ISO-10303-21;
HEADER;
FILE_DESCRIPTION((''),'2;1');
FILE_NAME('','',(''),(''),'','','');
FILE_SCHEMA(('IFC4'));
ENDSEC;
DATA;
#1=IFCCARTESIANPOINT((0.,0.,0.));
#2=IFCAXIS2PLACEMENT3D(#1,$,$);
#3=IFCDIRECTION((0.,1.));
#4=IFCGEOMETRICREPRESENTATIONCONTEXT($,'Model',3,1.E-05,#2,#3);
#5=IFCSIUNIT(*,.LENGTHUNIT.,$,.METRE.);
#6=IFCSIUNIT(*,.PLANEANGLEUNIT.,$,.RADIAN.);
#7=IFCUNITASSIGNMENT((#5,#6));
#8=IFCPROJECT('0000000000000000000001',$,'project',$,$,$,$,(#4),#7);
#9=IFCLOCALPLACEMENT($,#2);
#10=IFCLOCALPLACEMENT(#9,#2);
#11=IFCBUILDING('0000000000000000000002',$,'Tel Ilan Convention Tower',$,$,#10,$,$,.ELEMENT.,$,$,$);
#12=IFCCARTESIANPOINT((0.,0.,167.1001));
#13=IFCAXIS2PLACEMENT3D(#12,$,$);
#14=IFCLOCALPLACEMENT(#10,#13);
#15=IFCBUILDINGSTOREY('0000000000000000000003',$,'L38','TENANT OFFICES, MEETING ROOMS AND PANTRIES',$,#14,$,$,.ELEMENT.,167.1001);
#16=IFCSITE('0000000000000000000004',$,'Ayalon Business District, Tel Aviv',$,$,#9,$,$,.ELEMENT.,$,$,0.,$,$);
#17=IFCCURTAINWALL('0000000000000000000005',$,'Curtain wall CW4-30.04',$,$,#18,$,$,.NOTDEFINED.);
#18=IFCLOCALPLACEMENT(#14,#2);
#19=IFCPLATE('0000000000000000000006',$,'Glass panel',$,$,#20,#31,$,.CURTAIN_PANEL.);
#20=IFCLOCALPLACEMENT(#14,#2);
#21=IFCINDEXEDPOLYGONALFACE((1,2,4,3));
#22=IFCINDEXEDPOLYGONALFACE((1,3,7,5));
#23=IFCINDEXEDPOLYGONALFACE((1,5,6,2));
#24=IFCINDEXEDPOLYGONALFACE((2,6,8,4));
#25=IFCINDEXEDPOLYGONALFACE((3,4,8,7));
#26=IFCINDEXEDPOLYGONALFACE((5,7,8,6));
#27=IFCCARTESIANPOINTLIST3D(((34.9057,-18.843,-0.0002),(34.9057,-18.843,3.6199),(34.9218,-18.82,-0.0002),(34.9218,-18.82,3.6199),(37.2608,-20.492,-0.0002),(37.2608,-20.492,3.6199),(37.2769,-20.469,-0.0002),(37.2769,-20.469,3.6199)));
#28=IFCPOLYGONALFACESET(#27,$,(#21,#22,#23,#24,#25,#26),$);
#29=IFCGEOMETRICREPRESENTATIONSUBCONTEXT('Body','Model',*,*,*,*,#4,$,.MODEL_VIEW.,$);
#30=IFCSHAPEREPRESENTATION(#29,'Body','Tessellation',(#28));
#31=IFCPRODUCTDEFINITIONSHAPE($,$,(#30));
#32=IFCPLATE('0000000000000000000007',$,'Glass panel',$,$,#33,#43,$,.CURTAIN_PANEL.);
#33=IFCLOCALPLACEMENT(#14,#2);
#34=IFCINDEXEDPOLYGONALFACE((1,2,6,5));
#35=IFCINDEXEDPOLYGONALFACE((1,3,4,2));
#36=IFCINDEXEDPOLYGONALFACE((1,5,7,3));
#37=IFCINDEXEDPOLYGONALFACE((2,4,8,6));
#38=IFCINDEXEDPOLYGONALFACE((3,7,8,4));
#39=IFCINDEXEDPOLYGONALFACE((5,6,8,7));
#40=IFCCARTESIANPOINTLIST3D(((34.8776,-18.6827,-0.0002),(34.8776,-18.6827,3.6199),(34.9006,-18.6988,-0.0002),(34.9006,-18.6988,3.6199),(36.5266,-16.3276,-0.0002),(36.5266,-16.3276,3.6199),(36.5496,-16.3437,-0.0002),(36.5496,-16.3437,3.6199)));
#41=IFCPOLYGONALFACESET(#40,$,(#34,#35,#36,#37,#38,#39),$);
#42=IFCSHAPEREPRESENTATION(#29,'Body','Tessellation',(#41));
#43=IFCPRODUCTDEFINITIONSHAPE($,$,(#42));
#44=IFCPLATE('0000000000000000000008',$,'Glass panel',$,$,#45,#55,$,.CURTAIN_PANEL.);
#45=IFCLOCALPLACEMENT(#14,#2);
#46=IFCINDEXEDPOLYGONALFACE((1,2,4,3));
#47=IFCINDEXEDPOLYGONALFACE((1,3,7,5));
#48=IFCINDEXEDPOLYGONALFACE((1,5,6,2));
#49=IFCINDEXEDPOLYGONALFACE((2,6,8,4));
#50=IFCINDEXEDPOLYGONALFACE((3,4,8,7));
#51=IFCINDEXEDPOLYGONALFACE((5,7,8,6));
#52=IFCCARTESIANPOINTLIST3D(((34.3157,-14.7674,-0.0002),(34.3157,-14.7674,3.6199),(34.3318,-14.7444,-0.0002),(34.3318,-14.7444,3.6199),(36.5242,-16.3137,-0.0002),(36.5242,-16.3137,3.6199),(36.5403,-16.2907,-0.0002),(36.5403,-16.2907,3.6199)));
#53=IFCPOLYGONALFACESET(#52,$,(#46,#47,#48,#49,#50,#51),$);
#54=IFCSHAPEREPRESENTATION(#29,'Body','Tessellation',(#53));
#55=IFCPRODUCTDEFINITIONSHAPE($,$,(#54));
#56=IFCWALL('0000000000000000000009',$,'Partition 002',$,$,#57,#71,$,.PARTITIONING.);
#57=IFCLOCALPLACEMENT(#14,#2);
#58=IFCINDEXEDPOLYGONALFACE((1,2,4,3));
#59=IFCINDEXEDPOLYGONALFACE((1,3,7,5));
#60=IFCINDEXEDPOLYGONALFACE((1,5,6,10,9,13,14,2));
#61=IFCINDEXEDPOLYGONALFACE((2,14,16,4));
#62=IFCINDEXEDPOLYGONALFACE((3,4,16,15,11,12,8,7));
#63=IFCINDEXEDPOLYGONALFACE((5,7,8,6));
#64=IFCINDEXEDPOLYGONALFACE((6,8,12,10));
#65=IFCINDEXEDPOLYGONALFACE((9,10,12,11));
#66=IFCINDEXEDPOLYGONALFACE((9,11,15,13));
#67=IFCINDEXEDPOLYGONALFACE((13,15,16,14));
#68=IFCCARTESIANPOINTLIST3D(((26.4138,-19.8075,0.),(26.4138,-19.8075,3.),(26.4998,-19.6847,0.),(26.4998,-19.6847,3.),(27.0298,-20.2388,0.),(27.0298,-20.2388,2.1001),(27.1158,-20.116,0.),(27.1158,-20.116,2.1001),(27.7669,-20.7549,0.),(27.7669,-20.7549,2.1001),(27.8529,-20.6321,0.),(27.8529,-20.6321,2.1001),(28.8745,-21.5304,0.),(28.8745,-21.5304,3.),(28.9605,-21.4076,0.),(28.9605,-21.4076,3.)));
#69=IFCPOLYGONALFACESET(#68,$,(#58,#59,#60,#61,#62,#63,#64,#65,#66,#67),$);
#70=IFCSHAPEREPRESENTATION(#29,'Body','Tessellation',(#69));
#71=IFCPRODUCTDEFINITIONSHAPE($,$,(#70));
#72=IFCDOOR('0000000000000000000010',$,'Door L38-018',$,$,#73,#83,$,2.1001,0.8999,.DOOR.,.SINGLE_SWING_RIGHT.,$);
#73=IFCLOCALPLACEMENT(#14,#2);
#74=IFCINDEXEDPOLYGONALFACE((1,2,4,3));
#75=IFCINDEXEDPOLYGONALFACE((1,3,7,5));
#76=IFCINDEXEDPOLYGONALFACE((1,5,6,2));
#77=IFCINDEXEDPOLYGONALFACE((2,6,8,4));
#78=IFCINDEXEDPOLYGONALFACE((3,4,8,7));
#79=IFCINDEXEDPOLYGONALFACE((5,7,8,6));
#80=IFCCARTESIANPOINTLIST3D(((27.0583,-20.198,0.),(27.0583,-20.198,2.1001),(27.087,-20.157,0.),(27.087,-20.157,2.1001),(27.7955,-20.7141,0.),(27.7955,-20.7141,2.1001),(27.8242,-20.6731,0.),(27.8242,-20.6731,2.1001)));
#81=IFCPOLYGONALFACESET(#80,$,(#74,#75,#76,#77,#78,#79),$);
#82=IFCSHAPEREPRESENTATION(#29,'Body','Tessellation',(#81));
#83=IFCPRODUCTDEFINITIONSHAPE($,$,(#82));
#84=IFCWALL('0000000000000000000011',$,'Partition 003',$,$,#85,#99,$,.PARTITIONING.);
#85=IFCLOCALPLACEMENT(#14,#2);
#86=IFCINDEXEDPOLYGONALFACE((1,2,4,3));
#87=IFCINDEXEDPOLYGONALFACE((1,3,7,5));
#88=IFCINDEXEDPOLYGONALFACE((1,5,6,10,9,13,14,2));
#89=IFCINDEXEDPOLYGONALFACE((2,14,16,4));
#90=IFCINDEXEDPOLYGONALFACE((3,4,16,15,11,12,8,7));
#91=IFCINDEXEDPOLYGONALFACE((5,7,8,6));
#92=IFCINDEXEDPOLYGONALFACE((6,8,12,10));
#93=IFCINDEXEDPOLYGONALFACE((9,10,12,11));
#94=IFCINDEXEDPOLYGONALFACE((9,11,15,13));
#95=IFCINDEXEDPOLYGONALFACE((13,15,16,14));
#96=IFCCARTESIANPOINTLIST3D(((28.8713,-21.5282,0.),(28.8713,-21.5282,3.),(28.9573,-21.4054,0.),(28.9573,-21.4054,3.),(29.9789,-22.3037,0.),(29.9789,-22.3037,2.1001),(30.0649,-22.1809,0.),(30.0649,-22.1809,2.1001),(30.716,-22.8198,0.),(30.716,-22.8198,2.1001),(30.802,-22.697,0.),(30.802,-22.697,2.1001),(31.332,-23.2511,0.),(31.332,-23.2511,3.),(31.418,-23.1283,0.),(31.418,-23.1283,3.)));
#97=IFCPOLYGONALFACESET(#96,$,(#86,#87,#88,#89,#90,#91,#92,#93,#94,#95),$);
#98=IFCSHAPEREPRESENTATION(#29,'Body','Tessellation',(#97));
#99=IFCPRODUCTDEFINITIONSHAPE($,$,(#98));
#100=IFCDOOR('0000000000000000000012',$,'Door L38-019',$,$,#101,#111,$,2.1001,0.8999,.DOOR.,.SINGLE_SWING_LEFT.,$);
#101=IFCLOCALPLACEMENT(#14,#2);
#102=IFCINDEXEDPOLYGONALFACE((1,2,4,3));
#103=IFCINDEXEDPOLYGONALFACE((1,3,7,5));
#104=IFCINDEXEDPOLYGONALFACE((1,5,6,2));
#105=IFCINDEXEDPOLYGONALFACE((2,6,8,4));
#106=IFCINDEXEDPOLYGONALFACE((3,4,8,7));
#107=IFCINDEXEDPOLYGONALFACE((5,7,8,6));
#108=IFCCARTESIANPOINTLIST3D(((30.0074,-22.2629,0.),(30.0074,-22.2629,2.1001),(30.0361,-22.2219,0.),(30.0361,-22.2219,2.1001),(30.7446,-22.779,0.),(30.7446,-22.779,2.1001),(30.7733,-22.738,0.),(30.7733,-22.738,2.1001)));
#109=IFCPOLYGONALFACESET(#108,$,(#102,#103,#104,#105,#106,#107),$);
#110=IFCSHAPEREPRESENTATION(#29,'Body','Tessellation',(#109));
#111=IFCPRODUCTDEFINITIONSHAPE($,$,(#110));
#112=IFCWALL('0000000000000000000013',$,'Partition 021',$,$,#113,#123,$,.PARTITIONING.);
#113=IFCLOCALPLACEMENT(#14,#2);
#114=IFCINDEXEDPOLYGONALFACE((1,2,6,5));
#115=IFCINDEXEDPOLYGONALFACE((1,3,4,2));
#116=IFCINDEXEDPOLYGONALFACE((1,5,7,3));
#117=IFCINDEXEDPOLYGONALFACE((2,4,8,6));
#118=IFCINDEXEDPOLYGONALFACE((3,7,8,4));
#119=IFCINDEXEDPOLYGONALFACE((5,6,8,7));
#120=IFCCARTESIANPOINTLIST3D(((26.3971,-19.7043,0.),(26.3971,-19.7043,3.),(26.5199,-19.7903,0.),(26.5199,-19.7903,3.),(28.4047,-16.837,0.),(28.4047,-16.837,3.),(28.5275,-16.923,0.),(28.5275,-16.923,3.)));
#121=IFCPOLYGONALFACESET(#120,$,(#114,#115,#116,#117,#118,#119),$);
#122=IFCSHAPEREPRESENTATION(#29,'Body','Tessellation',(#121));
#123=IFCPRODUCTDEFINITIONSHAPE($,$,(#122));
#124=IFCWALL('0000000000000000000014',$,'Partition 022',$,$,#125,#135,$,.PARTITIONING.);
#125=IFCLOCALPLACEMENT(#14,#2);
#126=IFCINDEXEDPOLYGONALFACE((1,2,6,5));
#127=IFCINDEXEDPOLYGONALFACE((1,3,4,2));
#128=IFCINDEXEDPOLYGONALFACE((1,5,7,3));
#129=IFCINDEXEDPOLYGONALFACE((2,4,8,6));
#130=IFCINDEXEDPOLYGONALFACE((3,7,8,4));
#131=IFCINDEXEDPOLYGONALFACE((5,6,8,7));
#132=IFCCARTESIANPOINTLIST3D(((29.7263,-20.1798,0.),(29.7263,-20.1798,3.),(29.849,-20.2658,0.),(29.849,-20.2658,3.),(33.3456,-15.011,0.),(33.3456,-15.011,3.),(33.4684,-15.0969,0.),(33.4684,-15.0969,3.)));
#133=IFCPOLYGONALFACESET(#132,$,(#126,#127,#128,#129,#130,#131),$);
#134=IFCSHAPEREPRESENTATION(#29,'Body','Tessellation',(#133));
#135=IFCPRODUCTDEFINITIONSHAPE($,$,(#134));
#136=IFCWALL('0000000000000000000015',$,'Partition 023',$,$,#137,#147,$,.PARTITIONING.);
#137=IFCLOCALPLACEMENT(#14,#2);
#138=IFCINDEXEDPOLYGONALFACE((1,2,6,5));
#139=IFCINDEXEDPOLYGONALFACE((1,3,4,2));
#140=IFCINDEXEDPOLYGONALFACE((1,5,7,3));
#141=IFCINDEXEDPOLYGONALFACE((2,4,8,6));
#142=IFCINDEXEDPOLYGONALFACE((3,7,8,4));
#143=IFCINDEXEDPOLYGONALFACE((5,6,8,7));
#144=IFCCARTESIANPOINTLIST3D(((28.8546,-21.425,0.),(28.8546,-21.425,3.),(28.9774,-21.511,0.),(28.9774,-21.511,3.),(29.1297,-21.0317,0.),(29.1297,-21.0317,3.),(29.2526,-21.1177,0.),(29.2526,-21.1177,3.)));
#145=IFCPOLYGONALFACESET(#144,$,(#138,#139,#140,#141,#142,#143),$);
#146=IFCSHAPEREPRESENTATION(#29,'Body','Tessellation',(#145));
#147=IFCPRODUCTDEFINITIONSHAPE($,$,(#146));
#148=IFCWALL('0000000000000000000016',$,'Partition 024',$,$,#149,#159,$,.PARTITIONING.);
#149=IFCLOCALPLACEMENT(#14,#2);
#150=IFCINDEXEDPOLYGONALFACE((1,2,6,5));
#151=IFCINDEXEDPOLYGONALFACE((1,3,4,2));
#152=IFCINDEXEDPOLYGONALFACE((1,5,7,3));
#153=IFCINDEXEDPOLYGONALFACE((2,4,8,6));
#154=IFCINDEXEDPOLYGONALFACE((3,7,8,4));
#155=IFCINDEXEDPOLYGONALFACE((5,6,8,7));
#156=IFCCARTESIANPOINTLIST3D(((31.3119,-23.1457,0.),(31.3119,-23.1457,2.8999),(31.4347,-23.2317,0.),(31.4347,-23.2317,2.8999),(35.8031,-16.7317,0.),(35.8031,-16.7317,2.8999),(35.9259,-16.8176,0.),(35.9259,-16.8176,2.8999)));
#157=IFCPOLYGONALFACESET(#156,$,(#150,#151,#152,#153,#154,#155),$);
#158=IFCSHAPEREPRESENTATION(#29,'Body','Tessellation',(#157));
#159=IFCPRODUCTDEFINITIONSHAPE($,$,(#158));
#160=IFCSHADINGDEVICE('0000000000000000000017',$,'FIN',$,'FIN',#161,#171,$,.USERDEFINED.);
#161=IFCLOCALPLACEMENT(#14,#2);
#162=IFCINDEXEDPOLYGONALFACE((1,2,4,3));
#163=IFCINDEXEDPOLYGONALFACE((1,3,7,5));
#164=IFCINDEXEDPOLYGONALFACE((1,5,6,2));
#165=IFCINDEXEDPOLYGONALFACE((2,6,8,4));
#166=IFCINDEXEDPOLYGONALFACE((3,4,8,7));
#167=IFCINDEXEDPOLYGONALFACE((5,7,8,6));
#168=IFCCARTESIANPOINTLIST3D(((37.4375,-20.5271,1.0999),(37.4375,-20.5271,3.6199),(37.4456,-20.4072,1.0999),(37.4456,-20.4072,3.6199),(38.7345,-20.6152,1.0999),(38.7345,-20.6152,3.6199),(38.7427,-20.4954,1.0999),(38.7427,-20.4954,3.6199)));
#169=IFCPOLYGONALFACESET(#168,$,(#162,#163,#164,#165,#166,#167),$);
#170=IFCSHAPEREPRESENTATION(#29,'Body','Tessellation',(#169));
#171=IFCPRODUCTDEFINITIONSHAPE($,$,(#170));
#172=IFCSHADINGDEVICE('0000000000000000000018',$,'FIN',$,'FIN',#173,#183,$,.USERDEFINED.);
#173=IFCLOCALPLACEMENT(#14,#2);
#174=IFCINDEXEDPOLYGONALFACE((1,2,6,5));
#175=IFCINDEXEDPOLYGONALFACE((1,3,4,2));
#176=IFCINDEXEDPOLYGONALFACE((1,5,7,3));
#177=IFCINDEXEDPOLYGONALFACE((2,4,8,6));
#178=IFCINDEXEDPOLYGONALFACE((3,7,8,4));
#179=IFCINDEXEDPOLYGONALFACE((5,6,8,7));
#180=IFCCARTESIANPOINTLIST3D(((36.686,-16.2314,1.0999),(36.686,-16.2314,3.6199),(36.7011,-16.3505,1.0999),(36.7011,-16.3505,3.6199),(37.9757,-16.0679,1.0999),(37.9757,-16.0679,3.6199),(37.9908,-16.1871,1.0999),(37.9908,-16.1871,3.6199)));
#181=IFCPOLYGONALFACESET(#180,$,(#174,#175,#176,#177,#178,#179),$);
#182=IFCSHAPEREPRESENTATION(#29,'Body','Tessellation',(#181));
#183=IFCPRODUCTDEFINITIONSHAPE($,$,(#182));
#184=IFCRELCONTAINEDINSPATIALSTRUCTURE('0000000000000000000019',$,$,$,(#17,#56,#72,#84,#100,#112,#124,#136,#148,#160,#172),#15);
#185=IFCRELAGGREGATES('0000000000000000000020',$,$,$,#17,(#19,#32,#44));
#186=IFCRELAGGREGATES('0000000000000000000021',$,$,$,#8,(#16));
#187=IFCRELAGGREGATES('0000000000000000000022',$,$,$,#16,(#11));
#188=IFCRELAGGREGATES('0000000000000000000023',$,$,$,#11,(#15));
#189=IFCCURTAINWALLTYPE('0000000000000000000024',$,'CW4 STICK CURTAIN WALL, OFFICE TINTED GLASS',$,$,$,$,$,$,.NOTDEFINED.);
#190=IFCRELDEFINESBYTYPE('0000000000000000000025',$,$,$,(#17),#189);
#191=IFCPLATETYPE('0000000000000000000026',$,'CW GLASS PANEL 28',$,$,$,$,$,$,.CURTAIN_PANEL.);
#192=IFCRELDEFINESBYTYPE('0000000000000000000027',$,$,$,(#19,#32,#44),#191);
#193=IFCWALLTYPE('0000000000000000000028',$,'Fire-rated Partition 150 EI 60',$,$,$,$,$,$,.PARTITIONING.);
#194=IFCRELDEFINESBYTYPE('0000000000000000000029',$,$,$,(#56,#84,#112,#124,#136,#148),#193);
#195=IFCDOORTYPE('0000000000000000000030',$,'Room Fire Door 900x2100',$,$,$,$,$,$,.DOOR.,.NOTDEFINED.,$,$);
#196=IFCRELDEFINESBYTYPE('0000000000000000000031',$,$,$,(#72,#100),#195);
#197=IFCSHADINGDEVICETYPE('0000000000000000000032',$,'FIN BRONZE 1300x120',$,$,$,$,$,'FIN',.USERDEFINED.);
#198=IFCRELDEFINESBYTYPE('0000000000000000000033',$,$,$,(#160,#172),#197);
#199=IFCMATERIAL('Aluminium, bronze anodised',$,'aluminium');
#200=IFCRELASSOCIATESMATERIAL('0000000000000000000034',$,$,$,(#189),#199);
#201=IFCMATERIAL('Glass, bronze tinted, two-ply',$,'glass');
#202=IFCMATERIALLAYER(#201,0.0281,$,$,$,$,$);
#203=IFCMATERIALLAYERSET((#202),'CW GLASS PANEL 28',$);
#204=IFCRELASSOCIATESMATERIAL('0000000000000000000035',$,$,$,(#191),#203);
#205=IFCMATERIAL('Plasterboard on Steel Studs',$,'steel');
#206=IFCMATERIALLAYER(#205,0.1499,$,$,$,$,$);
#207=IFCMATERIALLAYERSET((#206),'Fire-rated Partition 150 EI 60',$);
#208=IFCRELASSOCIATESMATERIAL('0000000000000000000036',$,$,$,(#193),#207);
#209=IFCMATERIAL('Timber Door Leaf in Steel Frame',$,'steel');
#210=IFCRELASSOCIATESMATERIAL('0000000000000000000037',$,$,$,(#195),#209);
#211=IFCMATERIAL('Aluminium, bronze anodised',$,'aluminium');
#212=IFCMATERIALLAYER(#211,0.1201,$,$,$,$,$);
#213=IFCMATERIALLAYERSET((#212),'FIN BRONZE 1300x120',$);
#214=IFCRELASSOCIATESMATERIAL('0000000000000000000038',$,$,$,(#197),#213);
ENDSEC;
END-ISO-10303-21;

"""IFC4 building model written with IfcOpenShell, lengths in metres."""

from ifc_helpers import new_model, si_unit, direction, frame, frame_2d, origin, origin_2d, place, context, subcontext, project, spatial, rectangle, extrude, material, layer, layer_set, type_object, element, fill, aggregate, save


model = new_model("IFC4")

# Units and contexts
model_context = context("Model", 3, precision=1e-05, world=origin(), true_north=direction((0.0, 1.0)))
body_context = subcontext(model_context, "Body", "Model", "MODEL_VIEW")
ifc_project = project(units=[si_unit("LENGTHUNIT", "METRE"), si_unit("PLANEANGLEUNIT", "RADIAN")], contexts=[model_context])

# Site, building, storey
site_placement = place(None, origin())
site = spatial("IfcSite", under=ifc_project, at=site_placement, Name="Ayalon Business District, Tel Aviv", CompositionType="ELEMENT", RefElevation=0.0)
building_placement = place(site_placement, origin())
building = spatial("IfcBuilding", under=site, at=building_placement, Name="Tel Ilan Convention Tower", CompositionType="ELEMENT")
storey_placement = place(building_placement, frame((0.0, 0.0, 167.1001)))
storey = spatial("IfcBuildingStorey", under=building, at=storey_placement, Name="L38", Description="TENANT OFFICES, MEETING ROOMS AND PANTRIES", CompositionType="ELEMENT", Elevation=167.1001)

# Curtain wall, plates
ifc_material_1 = material(Name="Aluminium, bronze anodised", Category="aluminium")
curtain_wall_type = type_object("IfcCurtainWallType", Name="CW4 STICK CURTAIN WALL, OFFICE TINTED GLASS", PredefinedType="NOTDEFINED", material=ifc_material_1)
curtain_wall_placement = place(storey_placement, origin())
curtain_wall = element("IfcCurtainWall", 1, at=curtain_wall_placement, inside=storey, type_object=curtain_wall_type, Name="Curtain wall CW4-30.04", PredefinedType="NOTDEFINED")
ifc_material_2 = material(Name="Glass, bronze tinted, two-ply", Category="glass")
ifc_layer_1 = layer(ifc_material_2, 0.0281)
ifc_layer_set_1 = layer_set([ifc_layer_1], Name="CW GLASS PANEL 28")
plate_type = type_object("IfcPlateType", Name="CW GLASS PANEL 28", PredefinedType="CURTAIN_PANEL", material=ifc_layer_set_1)
plate_1_placement = place(storey_placement, frame((36.0913, -19.656, -0.0002), z_axis=(0.0, 0.0, 1.0), x_axis=(-0.819152, 0.573576, 0.0)))
plate_1 = element("IfcPlate", 2, at=plate_1_placement, type_object=plate_type, Name="Glass panel", PredefinedType="CURTAIN_PANEL", context=body_context, shape_type="SweptSolid", body=[
    extrude(rectangle(XDim=2.875, YDim=0.0281, at=origin_2d()), origin(), (0.0, 0.0, 1.0), 3.6201),
])
plate_2_placement = place(storey_placement, frame((35.7136, -17.5132, -0.0002), z_axis=(0.0, 0.0, 1.0), x_axis=(0.573576, 0.819152, 0.0)))
plate_2 = element("IfcPlate", 3, at=plate_2_placement, type_object=plate_type, Name="Glass panel", PredefinedType="CURTAIN_PANEL", context=body_context, shape_type="SweptSolid", body=[
    extrude(rectangle(XDim=2.875, YDim=0.0281, at=origin_2d()), origin(), (0.0, 0.0, 1.0), 3.6201),
])
plate_3_placement = place(storey_placement, frame((35.428, -15.5291, -0.0002), z_axis=(0.0, 0.0, 1.0), x_axis=(-0.819152, 0.573576, 0.0)))
plate_3 = element("IfcPlate", 4, at=plate_3_placement, type_object=plate_type, Name="Glass panel", PredefinedType="CURTAIN_PANEL", context=body_context, shape_type="SweptSolid", body=[
    extrude(rectangle(XDim=2.696, YDim=0.0281, at=origin_2d()), origin(), (0.0, 0.0, 1.0), 3.6201),
])
aggregate(curtain_wall, [plate_1, plate_2, plate_3])

# Walls, openings, doors
ifc_material_3 = material(Name="Plasterboard on Steel Studs", Category="steel")
ifc_layer_2 = layer(ifc_material_3, 0.1499)
ifc_layer_set_2 = layer_set([ifc_layer_2], Name="Fire-rated Partition 150 EI 60")
wall_type = type_object("IfcWallType", Name="Fire-rated Partition 150 EI 60", PredefinedType="PARTITIONING", material=ifc_layer_set_2)
wall_1_placement = place(storey_placement, frame((26.4568, -19.7461, 0.0), z_axis=(0.0, 0.0, 1.0), x_axis=(0.819167, -0.573555, 0.0)))
wall_1 = element("IfcWall", 5, at=wall_1_placement, inside=storey, type_object=wall_type, Name="Partition 002", PredefinedType="PARTITIONING", context=body_context, shape_type="SweptSolid", body=[
    extrude(rectangle(XDim=3.0039, YDim=0.1499, at=frame_2d((1.502, 0.0))), origin(), (0.0, 0.0, 1.0), 3.0),
])
opening_1_placement = place(wall_1_placement, frame((0.752, 0.0, 0.0)))
opening_1 = element("IfcOpeningElement", 6, at=opening_1_placement, cuts=wall_1, PredefinedType="OPENING", context=body_context, shape_type="SweptSolid", body=[
    extrude(rectangle(XDim=0.8999, YDim=2.1001, at=frame_2d((0.45, 1.05))), frame((0.0, 0.085, 0.0), z_axis=(0.0, -1.0, 0.0), x_axis=(1.0, 0.0, 0.0)), (0.0, 0.0, 1.0), 0.1699),
])
ifc_material_4 = material(Name="Timber Door Leaf in Steel Frame", Category="steel")
door_type = type_object("IfcDoorType", Name="Room Fire Door 900x2100", OperationType="NOTDEFINED", PredefinedType="DOOR", material=ifc_material_4)
door_1_placement = place(opening_1_placement, origin())
door_1 = element("IfcDoor", 7, at=door_1_placement, inside=storey, type_object=door_type, Name="Door L38-018", OperationType="SINGLE_SWING_RIGHT", OverallHeight=2.1001, OverallWidth=0.8999, PredefinedType="DOOR", context=body_context, shape_type="SweptSolid", body=[
    extrude(rectangle(XDim=0.8999, YDim=2.1001, at=frame_2d((0.45, 1.05))), frame((0.0, 0.0249, 0.0), z_axis=(0.0, -1.0, 0.0), x_axis=(1.0, 0.0, 0.0)), (0.0, 0.0, 1.0), 0.05),
])
fill(opening_1, door_1)
wall_2_placement = place(storey_placement, frame((28.9143, -21.4668, 0.0), z_axis=(0.0, 0.0, 1.0), x_axis=(0.819167, -0.573555, 0.0)))
wall_2 = element("IfcWall", 8, at=wall_2_placement, inside=storey, type_object=wall_type, Name="Partition 003", PredefinedType="PARTITIONING", context=body_context, shape_type="SweptSolid", body=[
    extrude(rectangle(XDim=3.0039, YDim=0.1499, at=frame_2d((1.502, 0.0))), origin(), (0.0, 0.0, 1.0), 3.0),
])
opening_2_placement = place(wall_2_placement, frame((1.3521, 0.0, 0.0)))
opening_2 = element("IfcOpeningElement", 9, at=opening_2_placement, cuts=wall_2, PredefinedType="OPENING", context=body_context, shape_type="SweptSolid", body=[
    extrude(rectangle(XDim=0.8999, YDim=2.1001, at=frame_2d((0.45, 1.05))), frame((0.0, 0.085, 0.0), z_axis=(0.0, -1.0, 0.0), x_axis=(1.0, 0.0, 0.0)), (0.0, 0.0, 1.0), 0.1699),
])
door_2_placement = place(opening_2_placement, origin())
door_2 = element("IfcDoor", 10, at=door_2_placement, inside=storey, type_object=door_type, Name="Door L38-019", OperationType="SINGLE_SWING_LEFT", OverallHeight=2.1001, OverallWidth=0.8999, PredefinedType="DOOR", context=body_context, shape_type="SweptSolid", body=[
    extrude(rectangle(XDim=0.8999, YDim=2.1001, at=frame_2d((0.45, 1.05))), frame((0.0, 0.0249, 0.0), z_axis=(0.0, -1.0, 0.0), x_axis=(1.0, 0.0, 0.0)), (0.0, 0.0, 1.0), 0.05),
])
fill(opening_2, door_2)

# Walls
wall_3_placement = place(storey_placement, frame((28.4661, -16.8801, 0.0), z_axis=(0.0, 0.0, 1.0), x_axis=(-0.573565, -0.81916, 0.0)))
element("IfcWall", 11, at=wall_3_placement, inside=storey, type_object=wall_type, Name="Partition 021", PredefinedType="PARTITIONING", context=body_context, shape_type="SweptSolid", body=[
    extrude(rectangle(XDim=3.5002, YDim=0.1499, at=frame_2d((1.75, 0.0))), origin(), (0.0, 0.0, 1.0), 3.0),
])
wall_4_placement = place(storey_placement, frame((33.407, -15.054, 0.0), z_axis=(0.0, 0.0, 1.0), x_axis=(-0.573582, -0.819148, 0.0)))
element("IfcWall", 12, at=wall_4_placement, inside=storey, type_object=wall_type, Name="Partition 022", PredefinedType="PARTITIONING", context=body_context, shape_type="SweptSolid", body=[
    extrude(rectangle(XDim=6.3101, YDim=0.1499, at=frame_2d((3.155, 0.0))), origin(), (0.0, 0.0, 1.0), 3.0),
])
wall_5_placement = place(storey_placement, frame((29.1912, -21.0747, 0.0), z_axis=(0.0, 0.0, 1.0), x_axis=(-0.573223, -0.819399, 0.0)))
element("IfcWall", 13, at=wall_5_placement, inside=storey, type_object=wall_type, Name="Partition 023", PredefinedType="PARTITIONING", context=body_context, shape_type="SweptSolid", body=[
    extrude(rectangle(XDim=0.48, YDim=0.1499, at=frame_2d((0.24, 0.0))), origin(), (0.0, 0.0, 1.0), 3.0),
])
wall_6_placement = place(storey_placement, frame((35.8645, -16.7747, 0.0), z_axis=(0.0, 0.0, 1.0), x_axis=(-0.57358, -0.81915, 0.0)))
element("IfcWall", 14, at=wall_6_placement, inside=storey, type_object=wall_type, Name="Partition 024", PredefinedType="PARTITIONING", context=body_context, shape_type="SweptSolid", body=[
    extrude(rectangle(XDim=7.8301, YDim=0.1499, at=frame_2d((3.915, 0.0))), origin(), (0.0, 0.0, 1.0), 2.8999),
])

# Shading devices
ifc_material_5 = material(Name="Aluminium, bronze anodised", Category="aluminium")
ifc_layer_3 = layer(ifc_material_5, 0.1201)
ifc_layer_set_3 = layer_set([ifc_layer_3], Name="FIN BRONZE 1300x120")
shading_device_type = type_object("IfcShadingDeviceType", Name="FIN BRONZE 1300x120", ElementType="FIN", PredefinedType="USERDEFINED", material=ifc_layer_set_3)
for number, where, z_axis, x_axis, name in (
    (15, (38.0901, -20.5112, 1.0999), (0.0, 0.0, 1.0), (0.997697, -0.067822, 0.0), "FIN"),
    (16, (37.3384, -16.2092, 1.0999), (0.0, 0.0, 1.0), (0.992066, 0.125718, 0.0), "FIN"),
):
    element("IfcShadingDevice", number, at=place(storey_placement, frame(where, z_axis=z_axis, x_axis=x_axis)), inside=storey, type_object=shading_device_type, Name=name, ObjectType="FIN", PredefinedType="USERDEFINED", context=body_context, shape_type="SweptSolid", body=[
        extrude(rectangle(XDim=1.3, YDim=0.1201, at=origin_2d()), origin(), (0.0, 0.0, 1.0), 2.52),
    ])

save(model, "model.ifc")
